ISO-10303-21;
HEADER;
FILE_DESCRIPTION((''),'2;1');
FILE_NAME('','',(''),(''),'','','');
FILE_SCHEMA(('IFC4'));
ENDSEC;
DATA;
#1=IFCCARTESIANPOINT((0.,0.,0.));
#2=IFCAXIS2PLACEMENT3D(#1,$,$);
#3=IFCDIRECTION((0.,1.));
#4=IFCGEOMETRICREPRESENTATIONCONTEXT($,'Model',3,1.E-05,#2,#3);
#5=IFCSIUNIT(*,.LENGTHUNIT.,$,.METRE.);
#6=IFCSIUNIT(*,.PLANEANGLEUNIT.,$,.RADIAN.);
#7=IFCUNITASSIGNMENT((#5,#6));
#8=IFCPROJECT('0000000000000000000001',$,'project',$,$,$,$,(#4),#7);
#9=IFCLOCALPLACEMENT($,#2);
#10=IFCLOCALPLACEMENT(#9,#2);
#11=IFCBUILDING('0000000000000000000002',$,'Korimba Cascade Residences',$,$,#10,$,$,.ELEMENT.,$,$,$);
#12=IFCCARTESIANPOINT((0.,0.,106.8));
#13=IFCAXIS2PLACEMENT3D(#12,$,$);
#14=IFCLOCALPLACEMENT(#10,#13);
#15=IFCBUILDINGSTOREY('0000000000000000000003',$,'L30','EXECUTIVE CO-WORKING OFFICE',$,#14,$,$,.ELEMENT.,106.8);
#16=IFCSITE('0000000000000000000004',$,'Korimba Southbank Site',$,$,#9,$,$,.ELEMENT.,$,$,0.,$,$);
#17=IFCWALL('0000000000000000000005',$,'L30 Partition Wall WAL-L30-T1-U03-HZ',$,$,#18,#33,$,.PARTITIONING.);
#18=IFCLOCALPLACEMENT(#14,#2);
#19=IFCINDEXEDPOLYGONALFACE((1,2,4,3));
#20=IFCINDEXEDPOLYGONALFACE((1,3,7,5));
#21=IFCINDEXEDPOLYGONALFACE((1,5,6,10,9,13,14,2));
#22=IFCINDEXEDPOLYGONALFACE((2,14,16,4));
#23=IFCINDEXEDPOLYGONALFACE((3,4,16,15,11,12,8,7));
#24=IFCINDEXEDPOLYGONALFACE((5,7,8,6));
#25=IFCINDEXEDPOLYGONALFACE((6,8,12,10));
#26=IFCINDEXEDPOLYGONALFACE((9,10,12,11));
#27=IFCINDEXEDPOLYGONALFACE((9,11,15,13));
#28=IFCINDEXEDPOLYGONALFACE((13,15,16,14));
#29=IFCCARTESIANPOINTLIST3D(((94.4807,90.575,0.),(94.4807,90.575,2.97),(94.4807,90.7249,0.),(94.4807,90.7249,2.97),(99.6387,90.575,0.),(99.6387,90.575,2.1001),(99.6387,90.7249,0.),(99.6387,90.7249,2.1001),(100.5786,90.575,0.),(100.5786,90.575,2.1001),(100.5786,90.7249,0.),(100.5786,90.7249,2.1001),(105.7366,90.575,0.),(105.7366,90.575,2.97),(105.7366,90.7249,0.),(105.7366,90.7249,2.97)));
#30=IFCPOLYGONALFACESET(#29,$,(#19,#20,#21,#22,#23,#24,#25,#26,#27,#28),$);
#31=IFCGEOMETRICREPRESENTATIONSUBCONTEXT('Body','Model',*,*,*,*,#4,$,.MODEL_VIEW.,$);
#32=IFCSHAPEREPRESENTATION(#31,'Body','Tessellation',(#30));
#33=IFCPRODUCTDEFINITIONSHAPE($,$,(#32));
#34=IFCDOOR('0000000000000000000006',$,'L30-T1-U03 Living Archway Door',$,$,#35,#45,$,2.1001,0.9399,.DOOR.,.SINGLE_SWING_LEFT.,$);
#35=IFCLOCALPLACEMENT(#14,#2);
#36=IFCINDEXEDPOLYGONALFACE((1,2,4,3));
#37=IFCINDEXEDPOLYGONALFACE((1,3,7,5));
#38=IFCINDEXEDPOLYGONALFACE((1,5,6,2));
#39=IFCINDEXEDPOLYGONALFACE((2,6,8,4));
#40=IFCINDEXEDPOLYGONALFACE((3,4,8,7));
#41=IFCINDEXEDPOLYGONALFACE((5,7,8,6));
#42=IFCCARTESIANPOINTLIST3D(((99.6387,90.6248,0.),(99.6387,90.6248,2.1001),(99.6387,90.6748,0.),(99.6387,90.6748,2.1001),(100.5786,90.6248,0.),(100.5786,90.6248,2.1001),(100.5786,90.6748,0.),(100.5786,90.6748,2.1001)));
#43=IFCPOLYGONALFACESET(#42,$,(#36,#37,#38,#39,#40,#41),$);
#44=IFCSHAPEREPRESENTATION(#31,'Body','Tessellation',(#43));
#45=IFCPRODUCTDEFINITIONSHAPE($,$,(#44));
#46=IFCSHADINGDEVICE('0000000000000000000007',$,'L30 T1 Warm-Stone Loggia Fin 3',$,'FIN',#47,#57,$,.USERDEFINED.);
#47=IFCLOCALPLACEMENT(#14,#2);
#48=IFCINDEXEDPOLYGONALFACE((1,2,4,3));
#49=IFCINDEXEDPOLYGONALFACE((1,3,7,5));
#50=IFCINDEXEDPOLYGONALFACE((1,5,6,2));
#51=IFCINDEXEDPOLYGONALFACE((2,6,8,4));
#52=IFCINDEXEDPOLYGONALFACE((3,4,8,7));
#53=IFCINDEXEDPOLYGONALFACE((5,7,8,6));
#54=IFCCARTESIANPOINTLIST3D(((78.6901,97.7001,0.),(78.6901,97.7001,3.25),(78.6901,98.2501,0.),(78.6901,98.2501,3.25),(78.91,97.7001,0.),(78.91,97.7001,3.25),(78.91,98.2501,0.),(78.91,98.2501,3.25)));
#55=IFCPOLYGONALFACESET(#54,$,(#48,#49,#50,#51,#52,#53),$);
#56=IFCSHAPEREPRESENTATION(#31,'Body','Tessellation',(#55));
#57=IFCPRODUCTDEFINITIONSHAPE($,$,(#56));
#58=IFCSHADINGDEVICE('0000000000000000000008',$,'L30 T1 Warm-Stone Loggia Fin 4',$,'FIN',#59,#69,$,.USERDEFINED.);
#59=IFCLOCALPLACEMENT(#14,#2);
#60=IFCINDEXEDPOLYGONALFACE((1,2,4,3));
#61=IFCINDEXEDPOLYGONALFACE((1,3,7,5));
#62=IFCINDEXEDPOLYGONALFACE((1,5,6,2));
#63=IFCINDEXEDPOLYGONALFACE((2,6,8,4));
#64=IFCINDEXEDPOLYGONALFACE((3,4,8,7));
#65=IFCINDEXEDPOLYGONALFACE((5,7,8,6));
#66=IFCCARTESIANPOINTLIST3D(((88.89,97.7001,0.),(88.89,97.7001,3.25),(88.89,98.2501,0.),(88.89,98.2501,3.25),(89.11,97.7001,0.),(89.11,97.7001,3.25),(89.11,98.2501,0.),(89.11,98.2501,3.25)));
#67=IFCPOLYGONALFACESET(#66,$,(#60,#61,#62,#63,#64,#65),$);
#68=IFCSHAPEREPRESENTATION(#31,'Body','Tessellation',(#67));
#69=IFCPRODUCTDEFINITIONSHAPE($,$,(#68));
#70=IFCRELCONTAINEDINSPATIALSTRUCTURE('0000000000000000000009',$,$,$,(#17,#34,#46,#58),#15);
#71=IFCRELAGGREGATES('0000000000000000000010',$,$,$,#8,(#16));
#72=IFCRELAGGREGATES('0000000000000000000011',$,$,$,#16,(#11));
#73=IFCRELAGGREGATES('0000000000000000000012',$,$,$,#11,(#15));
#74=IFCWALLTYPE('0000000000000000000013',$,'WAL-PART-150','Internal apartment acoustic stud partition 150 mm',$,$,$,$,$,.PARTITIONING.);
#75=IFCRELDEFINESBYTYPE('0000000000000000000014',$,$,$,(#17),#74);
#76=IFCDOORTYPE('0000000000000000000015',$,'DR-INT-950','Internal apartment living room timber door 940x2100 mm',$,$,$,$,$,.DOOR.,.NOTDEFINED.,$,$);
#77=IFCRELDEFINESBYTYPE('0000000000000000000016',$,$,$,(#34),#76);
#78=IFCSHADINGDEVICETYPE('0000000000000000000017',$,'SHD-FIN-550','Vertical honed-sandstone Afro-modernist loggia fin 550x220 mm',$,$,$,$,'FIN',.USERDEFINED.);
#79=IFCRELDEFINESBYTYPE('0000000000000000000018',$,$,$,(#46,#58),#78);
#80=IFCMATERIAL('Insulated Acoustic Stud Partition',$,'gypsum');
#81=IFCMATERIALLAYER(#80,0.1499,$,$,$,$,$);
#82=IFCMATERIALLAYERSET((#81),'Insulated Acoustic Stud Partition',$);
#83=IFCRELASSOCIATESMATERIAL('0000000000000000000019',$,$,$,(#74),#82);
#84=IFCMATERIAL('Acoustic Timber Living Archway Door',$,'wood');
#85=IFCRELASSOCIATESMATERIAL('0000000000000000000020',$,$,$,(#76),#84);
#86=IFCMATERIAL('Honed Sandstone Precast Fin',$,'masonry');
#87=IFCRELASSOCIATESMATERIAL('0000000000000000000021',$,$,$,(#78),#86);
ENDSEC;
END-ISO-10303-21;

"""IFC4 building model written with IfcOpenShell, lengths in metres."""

from ifc_helpers import new_model, si_unit, direction, frame, frame_2d, origin, origin_2d, place, context, subcontext, project, spatial, rectangle, extrude, material, layer, layer_set, type_object, element, fill, save


model = new_model("IFC4")

# Units and contexts
model_context = context("Model", 3, precision=1e-05, world=origin(), true_north=direction((0.0, 1.0)))
body_context = subcontext(model_context, "Body", "Model", "MODEL_VIEW")
ifc_project = project(units=[si_unit("LENGTHUNIT", "METRE"), si_unit("PLANEANGLEUNIT", "RADIAN")], contexts=[model_context])

# Site, building, storey
site_placement = place(None, origin())
site = spatial("IfcSite", under=ifc_project, at=site_placement, Name="Korimba Southbank Site", CompositionType="ELEMENT", RefElevation=0.0)
building_placement = place(site_placement, origin())
building = spatial("IfcBuilding", under=site, at=building_placement, Name="Korimba Cascade Residences", CompositionType="ELEMENT")
storey_placement = place(building_placement, frame((0.0, 0.0, 106.8)))
storey = spatial("IfcBuildingStorey", under=building, at=storey_placement, Name="L30", Description="EXECUTIVE CO-WORKING OFFICE", CompositionType="ELEMENT", Elevation=106.8)

# Shared definitions
ifc_material_1 = material(Name="Insulated Acoustic Stud Partition", Category="gypsum")
ifc_layer_1 = layer(ifc_material_1, 0.1499)
ifc_layer_set_1 = layer_set([ifc_layer_1], Name="Insulated Acoustic Stud Partition")
wall_type_1 = type_object("IfcWallType", Name="WAL-PART-150", Description="Internal apartment acoustic stud partition 150 mm", PredefinedType="PARTITIONING", material=ifc_layer_set_1)

# Wall, opening, door
wall_1_placement = place(storey_placement, frame((94.4807, 90.6499, 0.0), z_axis=(0.0, 0.0, 1.0), x_axis=(1.0, 0.0, 0.0)))
wall_1 = element("IfcWall", 1, at=wall_1_placement, inside=storey, type_object=wall_type_1, Name="L30 Partition Wall WAL-L30-T1-U03-HZ", PredefinedType="PARTITIONING", context=body_context, shape_type="SweptSolid", body=[
    extrude(rectangle(XDim=11.2559, YDim=0.1499, at=frame_2d((5.6279, 0.0))), origin(), (0.0, 0.0, 1.0), 2.97),
])
opening_1_placement = place(wall_1_placement, frame((5.158, 0.0, 0.0)))
opening_1 = element("IfcOpeningElement", 2, at=opening_1_placement, cuts=wall_1, PredefinedType="OPENING", context=body_context, shape_type="SweptSolid", body=[
    extrude(rectangle(XDim=0.9399, YDim=2.1001, at=frame_2d((0.47, 1.05))), frame((0.0, 0.085, 0.0), z_axis=(0.0, -1.0, 0.0), x_axis=(1.0, 0.0, 0.0)), (0.0, 0.0, 1.0), 0.1699),
])
ifc_material_2 = material(Name="Acoustic Timber Living Archway Door", Category="wood")
door_type_1 = type_object("IfcDoorType", Name="DR-INT-950", Description="Internal apartment living room timber door 940x2100 mm", OperationType="NOTDEFINED", PredefinedType="DOOR", material=ifc_material_2)
door_1_placement = place(opening_1_placement, origin())
door_1 = element("IfcDoor", 3, at=door_1_placement, inside=storey, type_object=door_type_1, Name="L30-T1-U03 Living Archway Door", OperationType="SINGLE_SWING_LEFT", OverallHeight=2.1001, OverallWidth=0.9399, PredefinedType="DOOR", context=body_context, shape_type="SweptSolid", body=[
    extrude(rectangle(XDim=0.9399, YDim=2.1001, at=frame_2d((0.47, 1.05))), frame((0.0, 0.0249, 0.0), z_axis=(0.0, -1.0, 0.0), x_axis=(1.0, 0.0, 0.0)), (0.0, 0.0, 1.0), 0.05),
])
fill(opening_1, door_1)

# Shading devices
ifc_material_3 = material(Name="Honed Sandstone Precast Fin", Category="masonry")
shading_device_type = type_object("IfcShadingDeviceType", Name="SHD-FIN-550", Description="Vertical honed-sandstone Afro-modernist loggia fin 550x220 mm", ElementType="FIN", PredefinedType="USERDEFINED", material=ifc_material_3)
for number, where, z_axis, x_axis, name in (
    (4, (78.8, 97.9751, 0.0), (0.0, 0.0, 1.0), (1.0, 0.0, 0.0), "L30 T1 Warm-Stone Loggia Fin 3"),
    (5, (89.0, 97.9751, 0.0), (0.0, 0.0, 1.0), (1.0, 0.0, 0.0), "L30 T1 Warm-Stone Loggia Fin 4"),
):
    element("IfcShadingDevice", number, at=place(storey_placement, frame(where, z_axis=z_axis, x_axis=x_axis)), inside=storey, type_object=shading_device_type, Name=name, ObjectType="FIN", PredefinedType="USERDEFINED", context=body_context, shape_type="SweptSolid", body=[
        extrude(rectangle(XDim=0.22, YDim=0.55, at=origin_2d()), origin(), (0.0, 0.0, 1.0), 3.25),
    ])

save(model, "model.ifc")
